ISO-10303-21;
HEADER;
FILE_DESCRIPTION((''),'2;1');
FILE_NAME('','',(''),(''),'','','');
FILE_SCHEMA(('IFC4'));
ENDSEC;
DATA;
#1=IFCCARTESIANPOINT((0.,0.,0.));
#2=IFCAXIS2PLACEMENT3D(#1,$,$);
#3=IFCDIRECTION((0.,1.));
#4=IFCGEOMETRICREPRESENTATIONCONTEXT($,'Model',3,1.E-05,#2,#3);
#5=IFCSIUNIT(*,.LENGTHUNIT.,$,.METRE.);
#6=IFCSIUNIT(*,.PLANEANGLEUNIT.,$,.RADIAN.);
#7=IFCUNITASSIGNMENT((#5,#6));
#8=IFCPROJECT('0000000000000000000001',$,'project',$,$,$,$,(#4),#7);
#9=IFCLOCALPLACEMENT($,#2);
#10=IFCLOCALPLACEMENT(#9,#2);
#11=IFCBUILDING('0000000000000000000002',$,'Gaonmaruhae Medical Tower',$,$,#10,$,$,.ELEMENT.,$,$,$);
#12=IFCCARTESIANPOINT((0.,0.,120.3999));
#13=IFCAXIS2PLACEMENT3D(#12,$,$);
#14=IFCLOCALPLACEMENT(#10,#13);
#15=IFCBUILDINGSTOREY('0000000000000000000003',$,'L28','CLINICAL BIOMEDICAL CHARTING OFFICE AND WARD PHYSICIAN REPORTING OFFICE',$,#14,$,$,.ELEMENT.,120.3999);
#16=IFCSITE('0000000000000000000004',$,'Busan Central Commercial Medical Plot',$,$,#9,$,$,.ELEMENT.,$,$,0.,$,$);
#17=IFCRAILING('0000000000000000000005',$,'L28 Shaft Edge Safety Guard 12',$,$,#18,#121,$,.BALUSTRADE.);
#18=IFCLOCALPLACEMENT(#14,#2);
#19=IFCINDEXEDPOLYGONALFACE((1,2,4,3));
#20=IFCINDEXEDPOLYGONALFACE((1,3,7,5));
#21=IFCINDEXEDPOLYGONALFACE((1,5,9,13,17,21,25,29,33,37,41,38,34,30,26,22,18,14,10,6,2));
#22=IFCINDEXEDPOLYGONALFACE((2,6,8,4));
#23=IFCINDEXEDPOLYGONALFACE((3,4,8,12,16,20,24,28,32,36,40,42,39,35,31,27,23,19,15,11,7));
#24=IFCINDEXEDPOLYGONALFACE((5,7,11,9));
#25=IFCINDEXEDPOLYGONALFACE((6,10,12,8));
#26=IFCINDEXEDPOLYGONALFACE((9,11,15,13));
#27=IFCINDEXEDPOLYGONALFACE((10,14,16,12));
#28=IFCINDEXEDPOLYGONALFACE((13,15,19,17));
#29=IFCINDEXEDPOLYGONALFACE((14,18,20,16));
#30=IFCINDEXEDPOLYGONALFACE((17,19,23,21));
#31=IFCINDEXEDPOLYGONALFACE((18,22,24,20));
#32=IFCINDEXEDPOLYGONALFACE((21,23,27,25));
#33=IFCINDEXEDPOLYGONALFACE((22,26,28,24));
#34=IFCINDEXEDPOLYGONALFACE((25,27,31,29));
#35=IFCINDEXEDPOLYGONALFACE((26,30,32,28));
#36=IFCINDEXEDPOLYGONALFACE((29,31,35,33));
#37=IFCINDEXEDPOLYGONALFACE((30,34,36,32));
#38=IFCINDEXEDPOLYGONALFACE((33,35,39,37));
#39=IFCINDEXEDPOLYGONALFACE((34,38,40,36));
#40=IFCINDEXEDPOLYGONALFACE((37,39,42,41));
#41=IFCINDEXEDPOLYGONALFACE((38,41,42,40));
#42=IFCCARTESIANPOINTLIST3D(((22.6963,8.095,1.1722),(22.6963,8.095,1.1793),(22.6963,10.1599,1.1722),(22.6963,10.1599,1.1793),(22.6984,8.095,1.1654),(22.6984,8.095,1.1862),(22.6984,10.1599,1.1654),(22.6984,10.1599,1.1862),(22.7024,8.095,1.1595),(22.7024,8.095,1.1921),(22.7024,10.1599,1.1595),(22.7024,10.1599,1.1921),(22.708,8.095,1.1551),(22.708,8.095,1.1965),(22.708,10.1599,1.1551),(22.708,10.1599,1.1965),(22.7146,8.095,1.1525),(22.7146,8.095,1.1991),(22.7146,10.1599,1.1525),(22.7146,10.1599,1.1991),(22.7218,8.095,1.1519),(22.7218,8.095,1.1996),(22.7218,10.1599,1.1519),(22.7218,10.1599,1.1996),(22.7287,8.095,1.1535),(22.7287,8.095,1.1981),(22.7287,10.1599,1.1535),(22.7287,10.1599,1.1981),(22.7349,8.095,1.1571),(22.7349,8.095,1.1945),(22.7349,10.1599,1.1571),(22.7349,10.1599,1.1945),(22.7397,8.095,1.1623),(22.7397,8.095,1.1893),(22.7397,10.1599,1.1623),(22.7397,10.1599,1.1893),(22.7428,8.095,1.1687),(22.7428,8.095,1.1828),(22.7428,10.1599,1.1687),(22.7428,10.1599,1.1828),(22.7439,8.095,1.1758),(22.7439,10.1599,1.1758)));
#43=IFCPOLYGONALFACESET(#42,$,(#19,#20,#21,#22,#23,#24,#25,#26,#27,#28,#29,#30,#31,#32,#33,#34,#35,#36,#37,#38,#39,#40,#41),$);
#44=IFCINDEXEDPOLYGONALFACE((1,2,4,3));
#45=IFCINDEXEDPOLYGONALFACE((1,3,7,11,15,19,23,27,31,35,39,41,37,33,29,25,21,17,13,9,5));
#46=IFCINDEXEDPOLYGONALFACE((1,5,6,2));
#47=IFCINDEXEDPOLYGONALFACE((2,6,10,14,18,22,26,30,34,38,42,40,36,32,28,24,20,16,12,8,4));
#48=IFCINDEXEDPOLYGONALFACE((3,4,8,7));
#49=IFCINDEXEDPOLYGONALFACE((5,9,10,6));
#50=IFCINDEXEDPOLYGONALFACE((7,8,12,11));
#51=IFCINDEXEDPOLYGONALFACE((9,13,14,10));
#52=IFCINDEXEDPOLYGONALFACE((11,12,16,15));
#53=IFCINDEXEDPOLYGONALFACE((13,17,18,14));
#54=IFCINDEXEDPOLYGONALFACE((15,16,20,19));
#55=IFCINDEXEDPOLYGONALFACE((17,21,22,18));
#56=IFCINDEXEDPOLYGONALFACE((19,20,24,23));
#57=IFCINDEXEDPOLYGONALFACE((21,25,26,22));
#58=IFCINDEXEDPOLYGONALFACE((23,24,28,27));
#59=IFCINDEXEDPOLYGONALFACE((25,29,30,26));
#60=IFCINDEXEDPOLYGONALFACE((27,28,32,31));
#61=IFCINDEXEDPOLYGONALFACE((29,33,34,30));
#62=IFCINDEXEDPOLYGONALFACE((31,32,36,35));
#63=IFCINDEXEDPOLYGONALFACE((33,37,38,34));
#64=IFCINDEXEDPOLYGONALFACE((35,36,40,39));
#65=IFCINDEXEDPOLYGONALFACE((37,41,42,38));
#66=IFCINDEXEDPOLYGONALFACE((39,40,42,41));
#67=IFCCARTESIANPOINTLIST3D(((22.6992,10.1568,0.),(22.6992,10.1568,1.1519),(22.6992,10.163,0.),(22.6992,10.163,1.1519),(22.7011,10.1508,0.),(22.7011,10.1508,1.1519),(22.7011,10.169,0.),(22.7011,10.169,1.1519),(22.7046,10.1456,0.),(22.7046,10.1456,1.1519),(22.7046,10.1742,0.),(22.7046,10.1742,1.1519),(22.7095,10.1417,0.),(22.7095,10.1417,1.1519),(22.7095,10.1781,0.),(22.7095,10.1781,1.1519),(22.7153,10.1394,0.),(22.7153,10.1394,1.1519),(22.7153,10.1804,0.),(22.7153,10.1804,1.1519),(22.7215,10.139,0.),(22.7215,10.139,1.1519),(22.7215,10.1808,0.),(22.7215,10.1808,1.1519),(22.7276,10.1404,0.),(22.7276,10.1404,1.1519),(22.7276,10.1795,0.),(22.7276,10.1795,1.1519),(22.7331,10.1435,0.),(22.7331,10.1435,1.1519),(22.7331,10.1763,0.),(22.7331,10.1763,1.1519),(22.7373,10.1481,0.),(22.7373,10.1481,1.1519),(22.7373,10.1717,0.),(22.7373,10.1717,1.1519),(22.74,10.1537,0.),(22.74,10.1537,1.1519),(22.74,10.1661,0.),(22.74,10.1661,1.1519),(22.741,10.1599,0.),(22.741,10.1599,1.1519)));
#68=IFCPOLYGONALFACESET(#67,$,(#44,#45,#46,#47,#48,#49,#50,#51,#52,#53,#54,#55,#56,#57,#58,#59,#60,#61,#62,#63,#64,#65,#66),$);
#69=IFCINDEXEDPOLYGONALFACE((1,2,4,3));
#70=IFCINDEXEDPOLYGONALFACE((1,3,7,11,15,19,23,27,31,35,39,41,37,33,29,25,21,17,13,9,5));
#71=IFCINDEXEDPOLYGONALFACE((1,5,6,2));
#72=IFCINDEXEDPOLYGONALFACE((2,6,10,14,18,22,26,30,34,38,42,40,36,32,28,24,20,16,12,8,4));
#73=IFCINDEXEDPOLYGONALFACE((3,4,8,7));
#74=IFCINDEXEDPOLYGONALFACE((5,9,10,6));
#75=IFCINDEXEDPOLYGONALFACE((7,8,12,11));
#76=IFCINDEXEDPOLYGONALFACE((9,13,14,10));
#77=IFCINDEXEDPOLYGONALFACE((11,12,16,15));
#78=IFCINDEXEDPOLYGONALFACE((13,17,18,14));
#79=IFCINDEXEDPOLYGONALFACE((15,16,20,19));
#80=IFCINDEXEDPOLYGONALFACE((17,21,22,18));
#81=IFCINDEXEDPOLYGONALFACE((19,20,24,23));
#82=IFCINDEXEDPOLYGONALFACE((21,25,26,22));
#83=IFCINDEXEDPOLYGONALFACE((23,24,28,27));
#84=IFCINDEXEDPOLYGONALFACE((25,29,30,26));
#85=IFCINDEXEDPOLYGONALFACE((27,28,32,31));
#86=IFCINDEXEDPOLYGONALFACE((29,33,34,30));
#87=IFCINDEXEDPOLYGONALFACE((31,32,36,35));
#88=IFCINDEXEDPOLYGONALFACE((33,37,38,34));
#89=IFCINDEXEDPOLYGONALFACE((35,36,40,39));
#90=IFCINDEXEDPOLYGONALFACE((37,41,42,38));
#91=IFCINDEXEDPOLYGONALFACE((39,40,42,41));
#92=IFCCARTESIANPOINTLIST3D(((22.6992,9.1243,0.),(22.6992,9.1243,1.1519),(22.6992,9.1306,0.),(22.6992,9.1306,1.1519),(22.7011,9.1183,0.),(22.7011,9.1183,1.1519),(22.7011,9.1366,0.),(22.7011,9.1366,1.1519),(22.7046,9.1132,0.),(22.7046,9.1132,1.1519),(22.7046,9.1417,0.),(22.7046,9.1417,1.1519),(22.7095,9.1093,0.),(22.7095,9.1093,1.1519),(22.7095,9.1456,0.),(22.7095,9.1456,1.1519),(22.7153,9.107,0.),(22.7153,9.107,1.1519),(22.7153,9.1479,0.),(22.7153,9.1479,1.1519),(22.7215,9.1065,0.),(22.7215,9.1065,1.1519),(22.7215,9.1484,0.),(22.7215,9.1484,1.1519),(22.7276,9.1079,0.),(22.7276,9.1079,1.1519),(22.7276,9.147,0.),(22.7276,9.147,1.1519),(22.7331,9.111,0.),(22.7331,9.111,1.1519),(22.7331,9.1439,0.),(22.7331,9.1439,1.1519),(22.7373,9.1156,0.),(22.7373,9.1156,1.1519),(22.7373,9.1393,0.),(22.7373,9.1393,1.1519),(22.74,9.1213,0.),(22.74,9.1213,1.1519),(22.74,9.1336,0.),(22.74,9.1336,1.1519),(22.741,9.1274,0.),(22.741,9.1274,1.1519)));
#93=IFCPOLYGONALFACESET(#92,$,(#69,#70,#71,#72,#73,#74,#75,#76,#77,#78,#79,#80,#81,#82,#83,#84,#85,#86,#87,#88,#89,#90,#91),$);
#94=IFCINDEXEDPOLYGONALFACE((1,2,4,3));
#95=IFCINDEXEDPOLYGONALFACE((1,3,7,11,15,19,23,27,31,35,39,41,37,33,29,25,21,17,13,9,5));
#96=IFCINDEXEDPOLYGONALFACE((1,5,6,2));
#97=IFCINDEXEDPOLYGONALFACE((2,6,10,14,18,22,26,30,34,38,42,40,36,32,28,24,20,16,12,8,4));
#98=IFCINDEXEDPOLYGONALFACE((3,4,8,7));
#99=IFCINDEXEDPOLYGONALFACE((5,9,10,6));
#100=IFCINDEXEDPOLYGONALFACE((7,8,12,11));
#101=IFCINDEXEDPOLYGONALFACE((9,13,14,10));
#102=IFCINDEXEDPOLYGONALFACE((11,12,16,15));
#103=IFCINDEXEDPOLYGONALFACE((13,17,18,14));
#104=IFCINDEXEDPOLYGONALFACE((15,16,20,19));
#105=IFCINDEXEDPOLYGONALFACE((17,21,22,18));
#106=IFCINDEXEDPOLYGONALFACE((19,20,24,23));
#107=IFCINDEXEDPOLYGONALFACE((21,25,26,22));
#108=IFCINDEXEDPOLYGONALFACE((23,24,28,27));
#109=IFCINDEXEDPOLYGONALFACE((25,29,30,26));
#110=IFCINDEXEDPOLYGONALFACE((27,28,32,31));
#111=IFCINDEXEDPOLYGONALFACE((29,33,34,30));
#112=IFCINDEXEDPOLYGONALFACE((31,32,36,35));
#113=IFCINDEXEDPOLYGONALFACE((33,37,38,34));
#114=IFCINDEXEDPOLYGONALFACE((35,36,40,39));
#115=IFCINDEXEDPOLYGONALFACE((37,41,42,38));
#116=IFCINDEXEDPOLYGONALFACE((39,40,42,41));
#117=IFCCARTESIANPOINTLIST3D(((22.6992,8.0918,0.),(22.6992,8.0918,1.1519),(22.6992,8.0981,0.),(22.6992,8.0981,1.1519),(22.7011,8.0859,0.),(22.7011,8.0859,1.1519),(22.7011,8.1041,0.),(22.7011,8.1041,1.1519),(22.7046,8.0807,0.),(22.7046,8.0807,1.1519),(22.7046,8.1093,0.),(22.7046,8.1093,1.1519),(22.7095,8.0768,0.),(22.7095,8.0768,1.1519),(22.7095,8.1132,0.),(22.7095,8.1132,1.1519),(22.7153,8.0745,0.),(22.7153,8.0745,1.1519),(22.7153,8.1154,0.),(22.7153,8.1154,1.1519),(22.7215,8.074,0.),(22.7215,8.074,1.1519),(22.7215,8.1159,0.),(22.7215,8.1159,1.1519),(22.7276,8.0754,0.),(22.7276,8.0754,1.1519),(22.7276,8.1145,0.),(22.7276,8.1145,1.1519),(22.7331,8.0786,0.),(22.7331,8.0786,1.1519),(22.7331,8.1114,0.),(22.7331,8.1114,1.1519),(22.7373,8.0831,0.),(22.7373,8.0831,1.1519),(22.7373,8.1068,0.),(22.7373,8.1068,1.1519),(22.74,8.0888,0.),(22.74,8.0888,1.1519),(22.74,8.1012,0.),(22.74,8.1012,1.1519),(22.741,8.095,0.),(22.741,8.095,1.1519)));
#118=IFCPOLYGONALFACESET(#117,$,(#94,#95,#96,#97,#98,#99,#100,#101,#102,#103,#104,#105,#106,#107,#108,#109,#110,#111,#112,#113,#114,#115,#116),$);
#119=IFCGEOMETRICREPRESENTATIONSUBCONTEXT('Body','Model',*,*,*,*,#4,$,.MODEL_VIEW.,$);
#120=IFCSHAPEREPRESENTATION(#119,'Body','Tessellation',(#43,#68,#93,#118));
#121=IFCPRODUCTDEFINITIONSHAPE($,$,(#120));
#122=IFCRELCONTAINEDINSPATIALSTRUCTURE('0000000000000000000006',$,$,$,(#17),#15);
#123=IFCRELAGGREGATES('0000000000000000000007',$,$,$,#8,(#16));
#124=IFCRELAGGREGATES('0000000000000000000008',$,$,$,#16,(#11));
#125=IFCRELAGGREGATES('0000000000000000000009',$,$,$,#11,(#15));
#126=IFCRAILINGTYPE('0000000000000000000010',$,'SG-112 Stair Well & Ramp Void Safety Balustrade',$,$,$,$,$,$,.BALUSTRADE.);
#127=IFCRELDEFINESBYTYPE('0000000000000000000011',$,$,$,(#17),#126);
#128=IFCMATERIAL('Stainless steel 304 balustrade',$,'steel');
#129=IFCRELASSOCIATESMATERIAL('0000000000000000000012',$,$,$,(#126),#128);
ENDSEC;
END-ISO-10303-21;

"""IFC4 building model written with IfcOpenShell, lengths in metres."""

from ifc_helpers import new_model, si_unit, direction, frame, origin, origin_2d, place, context, subcontext, project, spatial, circle, extrude, material, type_object, element, save


model = new_model("IFC4")

# Units and contexts
model_context = context("Model", 3, precision=1e-05, world=origin(), true_north=direction((0.0, 1.0)))
body_context = subcontext(model_context, "Body", "Model", "MODEL_VIEW")
ifc_project = project(units=[si_unit("LENGTHUNIT", "METRE"), si_unit("PLANEANGLEUNIT", "RADIAN")], contexts=[model_context])

# Site, building, storey
site_placement = place(None, origin())
site = spatial("IfcSite", under=ifc_project, at=site_placement, Name="Busan Central Commercial Medical Plot", CompositionType="ELEMENT", RefElevation=0.0)
building_placement = place(site_placement, origin())
building = spatial("IfcBuilding", under=site, at=building_placement, Name="Gaonmaruhae Medical Tower", CompositionType="ELEMENT")
storey_placement = place(building_placement, frame((0.0, 0.0, 120.3999)))
storey = spatial("IfcBuildingStorey", under=building, at=storey_placement, Name="L28", Description="CLINICAL BIOMEDICAL CHARTING OFFICE AND WARD PHYSICIAN REPORTING OFFICE", CompositionType="ELEMENT", Elevation=120.3999)

# Railing
ifc_material_1 = material(Name="Stainless steel 304 balustrade", Category="steel")
railing_type_1 = type_object("IfcRailingType", Name="SG-112 Stair Well & Ramp Void Safety Balustrade", PredefinedType="BALUSTRADE", material=ifc_material_1)
railing_1_placement = place(storey_placement, frame((22.72, 10.1599, 0.0)))
element("IfcRailing", 1, at=railing_1_placement, inside=storey, type_object=railing_type_1, Name="L28 Shaft Edge Safety Guard 12", PredefinedType="BALUSTRADE", context=body_context, shape_type="SweptSolid", body=[
    extrude(circle(Radius=0.0239, at=origin_2d()), frame((0.0, 0.0, 1.1758), z_axis=(0.0, -1.0, 0.0), x_axis=(1.0, 0.0, 0.0)), (0.0, 0.0, 1.0), 2.0649),
    extrude(circle(Radius=0.021, at=origin_2d()), origin(), (0.0, 0.0, 1.0), 1.1519),
    extrude(circle(Radius=0.021, at=origin_2d()), frame((0.0, -1.0325, 0.0)), (0.0, 0.0, 1.0), 1.1519),
    extrude(circle(Radius=0.021, at=origin_2d()), frame((0.0, -2.0649, 0.0)), (0.0, 0.0, 1.0), 1.1519),
])

save(model, "model.ifc")
